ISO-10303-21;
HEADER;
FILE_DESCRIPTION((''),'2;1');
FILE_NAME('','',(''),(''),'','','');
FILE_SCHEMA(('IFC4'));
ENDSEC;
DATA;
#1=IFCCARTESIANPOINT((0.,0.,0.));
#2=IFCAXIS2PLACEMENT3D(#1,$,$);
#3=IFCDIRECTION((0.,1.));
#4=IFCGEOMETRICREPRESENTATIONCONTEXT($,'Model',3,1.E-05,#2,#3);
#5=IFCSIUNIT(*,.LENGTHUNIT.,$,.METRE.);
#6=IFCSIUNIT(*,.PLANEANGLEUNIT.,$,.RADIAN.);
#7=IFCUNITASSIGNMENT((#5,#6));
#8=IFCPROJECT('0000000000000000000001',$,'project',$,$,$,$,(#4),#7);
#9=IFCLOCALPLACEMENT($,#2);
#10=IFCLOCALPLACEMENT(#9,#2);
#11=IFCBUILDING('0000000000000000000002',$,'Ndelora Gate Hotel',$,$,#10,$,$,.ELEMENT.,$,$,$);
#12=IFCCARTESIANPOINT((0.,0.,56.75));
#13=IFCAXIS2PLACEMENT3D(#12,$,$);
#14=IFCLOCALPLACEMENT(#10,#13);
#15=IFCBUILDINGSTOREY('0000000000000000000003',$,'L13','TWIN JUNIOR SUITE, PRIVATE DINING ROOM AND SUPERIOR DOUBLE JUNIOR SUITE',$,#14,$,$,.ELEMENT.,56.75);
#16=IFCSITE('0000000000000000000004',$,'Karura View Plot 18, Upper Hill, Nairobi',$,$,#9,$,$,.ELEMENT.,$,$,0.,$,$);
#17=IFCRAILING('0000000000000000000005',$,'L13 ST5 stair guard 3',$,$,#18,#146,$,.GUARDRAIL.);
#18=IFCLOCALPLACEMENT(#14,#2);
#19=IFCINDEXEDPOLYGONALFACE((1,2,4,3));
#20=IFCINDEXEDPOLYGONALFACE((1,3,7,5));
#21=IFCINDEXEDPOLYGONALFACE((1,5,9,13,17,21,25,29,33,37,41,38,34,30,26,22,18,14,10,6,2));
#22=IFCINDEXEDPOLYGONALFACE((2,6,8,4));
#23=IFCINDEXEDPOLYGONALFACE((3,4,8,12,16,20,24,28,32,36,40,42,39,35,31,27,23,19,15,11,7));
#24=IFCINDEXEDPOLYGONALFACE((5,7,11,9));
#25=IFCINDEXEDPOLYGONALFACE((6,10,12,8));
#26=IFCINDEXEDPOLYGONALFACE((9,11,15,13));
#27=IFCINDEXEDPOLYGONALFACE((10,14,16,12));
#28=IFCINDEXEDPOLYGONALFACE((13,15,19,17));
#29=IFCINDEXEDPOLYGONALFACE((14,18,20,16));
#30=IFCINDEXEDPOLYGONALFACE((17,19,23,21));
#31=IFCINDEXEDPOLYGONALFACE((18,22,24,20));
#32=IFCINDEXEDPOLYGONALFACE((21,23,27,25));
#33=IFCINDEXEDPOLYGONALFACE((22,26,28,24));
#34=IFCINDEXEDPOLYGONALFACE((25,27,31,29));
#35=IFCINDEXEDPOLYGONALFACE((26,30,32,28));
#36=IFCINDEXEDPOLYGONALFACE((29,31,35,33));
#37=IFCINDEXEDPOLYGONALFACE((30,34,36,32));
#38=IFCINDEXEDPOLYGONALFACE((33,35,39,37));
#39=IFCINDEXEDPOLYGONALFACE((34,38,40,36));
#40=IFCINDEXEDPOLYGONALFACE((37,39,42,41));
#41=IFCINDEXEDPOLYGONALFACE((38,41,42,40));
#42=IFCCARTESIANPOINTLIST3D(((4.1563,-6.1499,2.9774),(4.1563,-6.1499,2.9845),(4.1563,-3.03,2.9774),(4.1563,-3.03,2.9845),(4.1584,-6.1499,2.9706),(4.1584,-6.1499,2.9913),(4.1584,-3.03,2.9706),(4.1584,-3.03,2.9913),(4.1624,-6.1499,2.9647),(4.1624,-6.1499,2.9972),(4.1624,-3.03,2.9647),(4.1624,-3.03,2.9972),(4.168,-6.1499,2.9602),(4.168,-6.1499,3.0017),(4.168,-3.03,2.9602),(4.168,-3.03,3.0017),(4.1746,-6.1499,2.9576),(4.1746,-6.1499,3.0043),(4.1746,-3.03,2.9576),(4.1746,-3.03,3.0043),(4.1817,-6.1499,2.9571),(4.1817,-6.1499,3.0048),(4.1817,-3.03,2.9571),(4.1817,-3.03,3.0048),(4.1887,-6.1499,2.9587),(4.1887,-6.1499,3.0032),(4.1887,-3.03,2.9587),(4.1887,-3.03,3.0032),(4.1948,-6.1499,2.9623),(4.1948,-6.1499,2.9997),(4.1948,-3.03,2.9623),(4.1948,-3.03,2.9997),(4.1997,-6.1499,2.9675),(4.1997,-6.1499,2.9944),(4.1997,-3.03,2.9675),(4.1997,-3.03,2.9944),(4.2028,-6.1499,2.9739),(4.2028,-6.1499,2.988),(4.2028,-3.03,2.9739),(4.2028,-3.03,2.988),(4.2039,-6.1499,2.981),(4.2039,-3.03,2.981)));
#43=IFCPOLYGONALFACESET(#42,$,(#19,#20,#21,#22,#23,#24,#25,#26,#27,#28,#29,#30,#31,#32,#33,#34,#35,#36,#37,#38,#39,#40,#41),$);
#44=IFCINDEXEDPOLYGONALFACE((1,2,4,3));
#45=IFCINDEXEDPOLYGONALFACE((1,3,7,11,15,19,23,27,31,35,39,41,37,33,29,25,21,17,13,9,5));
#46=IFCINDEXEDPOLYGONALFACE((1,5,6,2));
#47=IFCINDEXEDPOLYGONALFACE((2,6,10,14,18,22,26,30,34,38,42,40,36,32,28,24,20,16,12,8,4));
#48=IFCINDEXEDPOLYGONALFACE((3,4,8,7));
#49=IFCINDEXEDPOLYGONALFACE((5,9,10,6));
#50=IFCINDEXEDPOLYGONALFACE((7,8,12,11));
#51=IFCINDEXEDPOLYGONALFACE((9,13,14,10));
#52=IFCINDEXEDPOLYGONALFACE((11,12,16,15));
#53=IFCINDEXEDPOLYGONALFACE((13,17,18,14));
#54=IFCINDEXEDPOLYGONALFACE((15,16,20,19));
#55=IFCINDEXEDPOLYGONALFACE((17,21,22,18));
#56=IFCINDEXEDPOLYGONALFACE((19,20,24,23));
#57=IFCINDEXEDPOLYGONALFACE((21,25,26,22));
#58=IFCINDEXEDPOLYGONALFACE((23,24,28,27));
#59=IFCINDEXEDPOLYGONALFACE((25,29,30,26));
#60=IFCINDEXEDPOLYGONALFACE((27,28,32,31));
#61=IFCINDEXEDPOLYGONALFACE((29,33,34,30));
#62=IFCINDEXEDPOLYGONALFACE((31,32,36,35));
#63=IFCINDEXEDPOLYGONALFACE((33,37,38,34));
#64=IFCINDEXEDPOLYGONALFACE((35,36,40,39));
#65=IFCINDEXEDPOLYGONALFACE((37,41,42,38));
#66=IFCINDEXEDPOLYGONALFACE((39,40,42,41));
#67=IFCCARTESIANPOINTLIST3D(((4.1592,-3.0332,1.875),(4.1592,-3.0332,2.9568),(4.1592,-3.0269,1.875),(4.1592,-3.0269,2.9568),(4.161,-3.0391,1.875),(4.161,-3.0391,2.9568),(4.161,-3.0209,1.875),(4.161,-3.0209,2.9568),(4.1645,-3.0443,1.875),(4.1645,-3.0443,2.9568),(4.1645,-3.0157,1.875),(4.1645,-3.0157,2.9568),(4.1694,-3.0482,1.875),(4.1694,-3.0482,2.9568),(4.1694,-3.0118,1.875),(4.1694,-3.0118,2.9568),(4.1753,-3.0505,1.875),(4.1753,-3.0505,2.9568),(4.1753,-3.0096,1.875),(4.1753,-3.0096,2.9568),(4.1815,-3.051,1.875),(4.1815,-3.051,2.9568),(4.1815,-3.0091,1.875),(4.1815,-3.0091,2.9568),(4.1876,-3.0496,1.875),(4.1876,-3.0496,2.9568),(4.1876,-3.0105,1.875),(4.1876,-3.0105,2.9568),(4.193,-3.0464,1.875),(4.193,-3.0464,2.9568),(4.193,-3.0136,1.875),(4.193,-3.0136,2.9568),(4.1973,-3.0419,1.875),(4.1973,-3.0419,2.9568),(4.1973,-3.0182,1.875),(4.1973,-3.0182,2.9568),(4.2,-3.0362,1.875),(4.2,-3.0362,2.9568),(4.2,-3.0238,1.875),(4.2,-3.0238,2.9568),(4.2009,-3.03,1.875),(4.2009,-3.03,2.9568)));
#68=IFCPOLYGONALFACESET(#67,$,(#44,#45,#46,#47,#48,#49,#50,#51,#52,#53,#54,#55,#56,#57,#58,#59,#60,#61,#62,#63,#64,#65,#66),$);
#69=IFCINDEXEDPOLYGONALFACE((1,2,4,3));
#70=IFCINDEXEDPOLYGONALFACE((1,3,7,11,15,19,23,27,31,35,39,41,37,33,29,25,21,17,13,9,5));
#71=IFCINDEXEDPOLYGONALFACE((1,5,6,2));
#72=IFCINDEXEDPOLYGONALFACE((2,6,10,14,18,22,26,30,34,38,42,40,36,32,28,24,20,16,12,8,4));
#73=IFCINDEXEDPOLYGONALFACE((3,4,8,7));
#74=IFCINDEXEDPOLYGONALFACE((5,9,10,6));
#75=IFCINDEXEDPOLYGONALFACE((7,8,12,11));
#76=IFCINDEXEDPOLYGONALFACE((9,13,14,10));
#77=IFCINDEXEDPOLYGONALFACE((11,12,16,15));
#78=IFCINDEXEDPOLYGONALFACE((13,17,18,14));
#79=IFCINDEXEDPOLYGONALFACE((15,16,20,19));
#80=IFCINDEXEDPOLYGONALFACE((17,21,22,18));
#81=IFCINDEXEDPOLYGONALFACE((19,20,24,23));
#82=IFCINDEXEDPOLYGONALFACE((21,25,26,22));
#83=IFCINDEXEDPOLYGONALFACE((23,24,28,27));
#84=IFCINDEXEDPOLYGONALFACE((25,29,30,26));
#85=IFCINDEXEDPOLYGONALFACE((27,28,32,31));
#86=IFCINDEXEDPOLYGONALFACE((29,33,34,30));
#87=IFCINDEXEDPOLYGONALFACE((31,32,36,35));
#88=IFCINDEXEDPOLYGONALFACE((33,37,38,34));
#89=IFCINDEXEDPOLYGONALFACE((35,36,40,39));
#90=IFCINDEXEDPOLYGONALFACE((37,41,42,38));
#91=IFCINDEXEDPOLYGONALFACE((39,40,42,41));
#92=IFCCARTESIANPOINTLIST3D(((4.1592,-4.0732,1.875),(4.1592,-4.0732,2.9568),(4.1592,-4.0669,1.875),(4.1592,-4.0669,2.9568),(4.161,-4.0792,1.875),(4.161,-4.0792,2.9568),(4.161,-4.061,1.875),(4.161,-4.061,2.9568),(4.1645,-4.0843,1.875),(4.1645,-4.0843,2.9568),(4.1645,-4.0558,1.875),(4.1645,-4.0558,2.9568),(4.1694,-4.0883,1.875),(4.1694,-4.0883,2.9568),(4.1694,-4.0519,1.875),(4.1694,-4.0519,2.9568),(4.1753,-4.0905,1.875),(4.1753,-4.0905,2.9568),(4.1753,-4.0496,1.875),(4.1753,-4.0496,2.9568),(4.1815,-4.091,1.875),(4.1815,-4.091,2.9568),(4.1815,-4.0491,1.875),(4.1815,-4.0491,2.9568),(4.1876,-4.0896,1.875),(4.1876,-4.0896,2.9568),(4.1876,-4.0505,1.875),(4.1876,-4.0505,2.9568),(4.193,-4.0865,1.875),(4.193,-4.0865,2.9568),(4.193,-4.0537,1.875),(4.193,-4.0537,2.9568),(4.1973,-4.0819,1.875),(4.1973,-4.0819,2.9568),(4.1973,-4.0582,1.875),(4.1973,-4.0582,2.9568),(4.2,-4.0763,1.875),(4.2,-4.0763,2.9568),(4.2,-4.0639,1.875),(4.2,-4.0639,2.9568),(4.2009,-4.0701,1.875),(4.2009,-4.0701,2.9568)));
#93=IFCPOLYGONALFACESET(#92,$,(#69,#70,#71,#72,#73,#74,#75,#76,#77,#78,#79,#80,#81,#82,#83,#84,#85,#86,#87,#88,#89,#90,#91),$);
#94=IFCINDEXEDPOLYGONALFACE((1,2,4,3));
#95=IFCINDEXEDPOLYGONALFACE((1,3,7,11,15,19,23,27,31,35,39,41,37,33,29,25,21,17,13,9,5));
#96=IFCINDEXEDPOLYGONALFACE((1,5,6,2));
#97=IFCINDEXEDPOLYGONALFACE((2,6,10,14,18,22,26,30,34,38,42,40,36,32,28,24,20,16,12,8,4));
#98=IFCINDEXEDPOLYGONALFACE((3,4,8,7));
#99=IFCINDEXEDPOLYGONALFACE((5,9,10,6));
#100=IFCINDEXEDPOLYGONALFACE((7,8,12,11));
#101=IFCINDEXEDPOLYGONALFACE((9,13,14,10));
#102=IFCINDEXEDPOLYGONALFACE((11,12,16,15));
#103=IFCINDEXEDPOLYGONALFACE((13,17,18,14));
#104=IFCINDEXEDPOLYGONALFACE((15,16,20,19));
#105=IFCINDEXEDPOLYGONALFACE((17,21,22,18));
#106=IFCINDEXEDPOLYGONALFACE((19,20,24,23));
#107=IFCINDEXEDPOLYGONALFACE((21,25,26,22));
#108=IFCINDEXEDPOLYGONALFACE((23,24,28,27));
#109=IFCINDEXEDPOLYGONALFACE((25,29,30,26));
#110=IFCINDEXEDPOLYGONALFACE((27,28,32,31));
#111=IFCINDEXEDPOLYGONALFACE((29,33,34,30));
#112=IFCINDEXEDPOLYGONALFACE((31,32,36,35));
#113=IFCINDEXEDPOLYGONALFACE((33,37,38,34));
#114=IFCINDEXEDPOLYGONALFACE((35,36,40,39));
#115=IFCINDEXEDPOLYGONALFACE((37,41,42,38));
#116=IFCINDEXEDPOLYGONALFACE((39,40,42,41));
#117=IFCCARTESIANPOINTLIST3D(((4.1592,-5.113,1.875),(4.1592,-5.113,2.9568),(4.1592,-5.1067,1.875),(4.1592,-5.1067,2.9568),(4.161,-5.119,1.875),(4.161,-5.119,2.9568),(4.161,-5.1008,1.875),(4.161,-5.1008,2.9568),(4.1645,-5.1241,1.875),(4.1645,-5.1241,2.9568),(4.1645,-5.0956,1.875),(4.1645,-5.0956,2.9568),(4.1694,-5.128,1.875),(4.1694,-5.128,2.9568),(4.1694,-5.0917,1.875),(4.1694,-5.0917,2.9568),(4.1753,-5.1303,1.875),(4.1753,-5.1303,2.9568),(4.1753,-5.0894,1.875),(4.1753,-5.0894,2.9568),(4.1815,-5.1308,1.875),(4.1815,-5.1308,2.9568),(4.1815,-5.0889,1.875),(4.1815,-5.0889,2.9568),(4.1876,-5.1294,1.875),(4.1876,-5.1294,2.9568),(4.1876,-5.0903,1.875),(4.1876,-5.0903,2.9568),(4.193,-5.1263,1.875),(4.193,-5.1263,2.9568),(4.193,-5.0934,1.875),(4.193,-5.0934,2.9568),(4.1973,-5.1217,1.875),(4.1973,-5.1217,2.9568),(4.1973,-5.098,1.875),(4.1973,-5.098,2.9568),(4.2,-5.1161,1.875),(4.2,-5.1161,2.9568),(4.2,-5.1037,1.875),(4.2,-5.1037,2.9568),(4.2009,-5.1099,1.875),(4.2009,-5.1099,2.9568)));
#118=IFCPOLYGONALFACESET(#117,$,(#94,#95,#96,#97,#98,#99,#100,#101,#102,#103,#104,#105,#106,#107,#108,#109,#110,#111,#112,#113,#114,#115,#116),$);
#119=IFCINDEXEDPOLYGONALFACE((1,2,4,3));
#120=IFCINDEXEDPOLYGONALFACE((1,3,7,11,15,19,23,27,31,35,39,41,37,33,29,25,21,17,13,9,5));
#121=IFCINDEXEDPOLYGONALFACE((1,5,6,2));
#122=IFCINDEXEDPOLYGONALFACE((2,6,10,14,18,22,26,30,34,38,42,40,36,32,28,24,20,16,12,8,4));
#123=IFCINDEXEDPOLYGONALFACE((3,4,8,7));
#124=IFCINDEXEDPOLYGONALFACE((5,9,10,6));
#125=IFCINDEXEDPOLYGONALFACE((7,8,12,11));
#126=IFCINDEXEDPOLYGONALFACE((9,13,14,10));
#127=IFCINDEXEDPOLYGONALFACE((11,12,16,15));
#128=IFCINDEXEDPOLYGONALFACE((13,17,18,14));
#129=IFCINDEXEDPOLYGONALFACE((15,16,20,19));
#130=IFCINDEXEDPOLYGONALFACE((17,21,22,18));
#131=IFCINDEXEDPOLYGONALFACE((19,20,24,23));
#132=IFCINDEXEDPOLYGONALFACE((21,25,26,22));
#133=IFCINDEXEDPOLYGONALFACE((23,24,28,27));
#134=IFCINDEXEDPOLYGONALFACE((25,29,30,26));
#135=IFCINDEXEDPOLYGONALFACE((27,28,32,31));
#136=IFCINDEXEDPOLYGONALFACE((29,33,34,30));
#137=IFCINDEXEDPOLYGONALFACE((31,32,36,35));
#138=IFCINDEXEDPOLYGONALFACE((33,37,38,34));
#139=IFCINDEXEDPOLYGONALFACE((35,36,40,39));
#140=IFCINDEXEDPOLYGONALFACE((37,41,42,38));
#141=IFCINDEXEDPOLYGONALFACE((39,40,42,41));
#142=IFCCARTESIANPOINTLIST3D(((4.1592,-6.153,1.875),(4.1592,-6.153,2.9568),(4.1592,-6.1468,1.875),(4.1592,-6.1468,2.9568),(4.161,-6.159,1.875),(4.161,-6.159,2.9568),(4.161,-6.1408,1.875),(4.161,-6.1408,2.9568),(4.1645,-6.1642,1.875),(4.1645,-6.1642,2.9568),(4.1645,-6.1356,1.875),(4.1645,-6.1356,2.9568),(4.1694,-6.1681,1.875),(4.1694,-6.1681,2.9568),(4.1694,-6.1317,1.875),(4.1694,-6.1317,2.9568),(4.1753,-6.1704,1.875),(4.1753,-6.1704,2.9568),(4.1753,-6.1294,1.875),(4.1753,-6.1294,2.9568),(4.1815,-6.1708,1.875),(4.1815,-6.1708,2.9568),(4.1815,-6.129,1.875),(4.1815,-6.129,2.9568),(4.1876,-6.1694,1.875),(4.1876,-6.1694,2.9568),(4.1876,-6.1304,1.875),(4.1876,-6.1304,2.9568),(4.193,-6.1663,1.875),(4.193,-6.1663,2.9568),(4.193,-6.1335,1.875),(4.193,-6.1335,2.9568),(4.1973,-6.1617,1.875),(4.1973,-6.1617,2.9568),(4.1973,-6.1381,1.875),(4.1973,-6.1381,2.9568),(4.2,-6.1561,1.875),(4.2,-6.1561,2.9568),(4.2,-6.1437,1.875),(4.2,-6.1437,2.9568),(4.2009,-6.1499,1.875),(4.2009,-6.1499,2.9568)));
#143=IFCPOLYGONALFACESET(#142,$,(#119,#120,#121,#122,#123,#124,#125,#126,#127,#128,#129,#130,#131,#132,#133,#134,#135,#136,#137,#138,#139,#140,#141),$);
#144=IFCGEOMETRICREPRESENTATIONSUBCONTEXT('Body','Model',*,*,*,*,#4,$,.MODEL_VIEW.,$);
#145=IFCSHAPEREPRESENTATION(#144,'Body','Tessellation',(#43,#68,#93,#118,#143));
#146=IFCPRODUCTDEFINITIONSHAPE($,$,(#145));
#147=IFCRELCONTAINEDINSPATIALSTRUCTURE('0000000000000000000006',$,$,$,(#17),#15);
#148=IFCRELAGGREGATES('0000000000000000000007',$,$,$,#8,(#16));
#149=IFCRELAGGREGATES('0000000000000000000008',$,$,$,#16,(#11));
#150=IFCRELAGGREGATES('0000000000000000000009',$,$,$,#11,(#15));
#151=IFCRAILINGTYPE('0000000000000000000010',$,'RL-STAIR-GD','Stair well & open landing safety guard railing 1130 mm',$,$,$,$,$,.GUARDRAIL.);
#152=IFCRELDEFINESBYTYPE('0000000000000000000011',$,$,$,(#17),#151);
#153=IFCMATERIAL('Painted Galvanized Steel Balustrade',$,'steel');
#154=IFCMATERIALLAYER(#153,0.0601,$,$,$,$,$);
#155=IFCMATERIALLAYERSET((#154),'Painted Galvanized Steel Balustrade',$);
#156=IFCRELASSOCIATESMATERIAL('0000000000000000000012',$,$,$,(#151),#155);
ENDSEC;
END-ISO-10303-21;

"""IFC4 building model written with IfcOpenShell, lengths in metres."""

from ifc_helpers import new_model, si_unit, direction, frame, origin, origin_2d, place, context, subcontext, project, spatial, circle, extrude, material, layer, layer_set, type_object, element, save


model = new_model("IFC4")

# Units and contexts
model_context = context("Model", 3, precision=1e-05, world=origin(), true_north=direction((0.0, 1.0)))
body_context = subcontext(model_context, "Body", "Model", "MODEL_VIEW")
ifc_project = project(units=[si_unit("LENGTHUNIT", "METRE"), si_unit("PLANEANGLEUNIT", "RADIAN")], contexts=[model_context])

# Site, building, storey
site_placement = place(None, origin())
site = spatial("IfcSite", under=ifc_project, at=site_placement, Name="Karura View Plot 18, Upper Hill, Nairobi", CompositionType="ELEMENT", RefElevation=0.0)
building_placement = place(site_placement, origin())
building = spatial("IfcBuilding", under=site, at=building_placement, Name="Ndelora Gate Hotel", CompositionType="ELEMENT")
storey_placement = place(building_placement, frame((0.0, 0.0, 56.75)))
storey = spatial("IfcBuildingStorey", under=building, at=storey_placement, Name="L13", Description="TWIN JUNIOR SUITE, PRIVATE DINING ROOM AND SUPERIOR DOUBLE JUNIOR SUITE", CompositionType="ELEMENT", Elevation=56.75)

# Railing
ifc_material_1 = material(Name="Painted Galvanized Steel Balustrade", Category="steel")
ifc_layer_1 = layer(ifc_material_1, 0.0601)
ifc_layer_set_1 = layer_set([ifc_layer_1], Name="Painted Galvanized Steel Balustrade")
railing_type_1 = type_object("IfcRailingType", Name="RL-STAIR-GD", Description="Stair well & open landing safety guard railing 1130 mm", PredefinedType="GUARDRAIL", material=ifc_layer_set_1)
for number, where, name in (
    (1, (4.1799, -3.03, 1.875), "L13 ST5 stair guard 3"),
):
    element("IfcRailing", number, at=place(storey_placement, frame(where)), inside=storey, type_object=railing_type_1, Name=name, PredefinedType="GUARDRAIL", context=body_context, shape_type="SweptSolid", body=[
        extrude(circle(Radius=0.0239, at=origin_2d()), frame((0.0, 0.0, 1.106), z_axis=(0.0, -1.0, 0.0), x_axis=(1.0, 0.0, 0.0)), (0.0, 0.0, 1.0), 3.1199),
        extrude(circle(Radius=0.021, at=origin_2d()), origin(), (0.0, 0.0, 1.0), 1.0818),
        extrude(circle(Radius=0.021, at=origin_2d()), frame((0.0, -1.04, 0.0)), (0.0, 0.0, 1.0), 1.0818),
        extrude(circle(Radius=0.021, at=origin_2d()), frame((0.0, -2.0798, 0.0)), (0.0, 0.0, 1.0), 1.0818),
        extrude(circle(Radius=0.021, at=origin_2d()), frame((0.0, -3.1199, 0.0)), (0.0, 0.0, 1.0), 1.0818),
    ])

save(model, "model.ifc")
